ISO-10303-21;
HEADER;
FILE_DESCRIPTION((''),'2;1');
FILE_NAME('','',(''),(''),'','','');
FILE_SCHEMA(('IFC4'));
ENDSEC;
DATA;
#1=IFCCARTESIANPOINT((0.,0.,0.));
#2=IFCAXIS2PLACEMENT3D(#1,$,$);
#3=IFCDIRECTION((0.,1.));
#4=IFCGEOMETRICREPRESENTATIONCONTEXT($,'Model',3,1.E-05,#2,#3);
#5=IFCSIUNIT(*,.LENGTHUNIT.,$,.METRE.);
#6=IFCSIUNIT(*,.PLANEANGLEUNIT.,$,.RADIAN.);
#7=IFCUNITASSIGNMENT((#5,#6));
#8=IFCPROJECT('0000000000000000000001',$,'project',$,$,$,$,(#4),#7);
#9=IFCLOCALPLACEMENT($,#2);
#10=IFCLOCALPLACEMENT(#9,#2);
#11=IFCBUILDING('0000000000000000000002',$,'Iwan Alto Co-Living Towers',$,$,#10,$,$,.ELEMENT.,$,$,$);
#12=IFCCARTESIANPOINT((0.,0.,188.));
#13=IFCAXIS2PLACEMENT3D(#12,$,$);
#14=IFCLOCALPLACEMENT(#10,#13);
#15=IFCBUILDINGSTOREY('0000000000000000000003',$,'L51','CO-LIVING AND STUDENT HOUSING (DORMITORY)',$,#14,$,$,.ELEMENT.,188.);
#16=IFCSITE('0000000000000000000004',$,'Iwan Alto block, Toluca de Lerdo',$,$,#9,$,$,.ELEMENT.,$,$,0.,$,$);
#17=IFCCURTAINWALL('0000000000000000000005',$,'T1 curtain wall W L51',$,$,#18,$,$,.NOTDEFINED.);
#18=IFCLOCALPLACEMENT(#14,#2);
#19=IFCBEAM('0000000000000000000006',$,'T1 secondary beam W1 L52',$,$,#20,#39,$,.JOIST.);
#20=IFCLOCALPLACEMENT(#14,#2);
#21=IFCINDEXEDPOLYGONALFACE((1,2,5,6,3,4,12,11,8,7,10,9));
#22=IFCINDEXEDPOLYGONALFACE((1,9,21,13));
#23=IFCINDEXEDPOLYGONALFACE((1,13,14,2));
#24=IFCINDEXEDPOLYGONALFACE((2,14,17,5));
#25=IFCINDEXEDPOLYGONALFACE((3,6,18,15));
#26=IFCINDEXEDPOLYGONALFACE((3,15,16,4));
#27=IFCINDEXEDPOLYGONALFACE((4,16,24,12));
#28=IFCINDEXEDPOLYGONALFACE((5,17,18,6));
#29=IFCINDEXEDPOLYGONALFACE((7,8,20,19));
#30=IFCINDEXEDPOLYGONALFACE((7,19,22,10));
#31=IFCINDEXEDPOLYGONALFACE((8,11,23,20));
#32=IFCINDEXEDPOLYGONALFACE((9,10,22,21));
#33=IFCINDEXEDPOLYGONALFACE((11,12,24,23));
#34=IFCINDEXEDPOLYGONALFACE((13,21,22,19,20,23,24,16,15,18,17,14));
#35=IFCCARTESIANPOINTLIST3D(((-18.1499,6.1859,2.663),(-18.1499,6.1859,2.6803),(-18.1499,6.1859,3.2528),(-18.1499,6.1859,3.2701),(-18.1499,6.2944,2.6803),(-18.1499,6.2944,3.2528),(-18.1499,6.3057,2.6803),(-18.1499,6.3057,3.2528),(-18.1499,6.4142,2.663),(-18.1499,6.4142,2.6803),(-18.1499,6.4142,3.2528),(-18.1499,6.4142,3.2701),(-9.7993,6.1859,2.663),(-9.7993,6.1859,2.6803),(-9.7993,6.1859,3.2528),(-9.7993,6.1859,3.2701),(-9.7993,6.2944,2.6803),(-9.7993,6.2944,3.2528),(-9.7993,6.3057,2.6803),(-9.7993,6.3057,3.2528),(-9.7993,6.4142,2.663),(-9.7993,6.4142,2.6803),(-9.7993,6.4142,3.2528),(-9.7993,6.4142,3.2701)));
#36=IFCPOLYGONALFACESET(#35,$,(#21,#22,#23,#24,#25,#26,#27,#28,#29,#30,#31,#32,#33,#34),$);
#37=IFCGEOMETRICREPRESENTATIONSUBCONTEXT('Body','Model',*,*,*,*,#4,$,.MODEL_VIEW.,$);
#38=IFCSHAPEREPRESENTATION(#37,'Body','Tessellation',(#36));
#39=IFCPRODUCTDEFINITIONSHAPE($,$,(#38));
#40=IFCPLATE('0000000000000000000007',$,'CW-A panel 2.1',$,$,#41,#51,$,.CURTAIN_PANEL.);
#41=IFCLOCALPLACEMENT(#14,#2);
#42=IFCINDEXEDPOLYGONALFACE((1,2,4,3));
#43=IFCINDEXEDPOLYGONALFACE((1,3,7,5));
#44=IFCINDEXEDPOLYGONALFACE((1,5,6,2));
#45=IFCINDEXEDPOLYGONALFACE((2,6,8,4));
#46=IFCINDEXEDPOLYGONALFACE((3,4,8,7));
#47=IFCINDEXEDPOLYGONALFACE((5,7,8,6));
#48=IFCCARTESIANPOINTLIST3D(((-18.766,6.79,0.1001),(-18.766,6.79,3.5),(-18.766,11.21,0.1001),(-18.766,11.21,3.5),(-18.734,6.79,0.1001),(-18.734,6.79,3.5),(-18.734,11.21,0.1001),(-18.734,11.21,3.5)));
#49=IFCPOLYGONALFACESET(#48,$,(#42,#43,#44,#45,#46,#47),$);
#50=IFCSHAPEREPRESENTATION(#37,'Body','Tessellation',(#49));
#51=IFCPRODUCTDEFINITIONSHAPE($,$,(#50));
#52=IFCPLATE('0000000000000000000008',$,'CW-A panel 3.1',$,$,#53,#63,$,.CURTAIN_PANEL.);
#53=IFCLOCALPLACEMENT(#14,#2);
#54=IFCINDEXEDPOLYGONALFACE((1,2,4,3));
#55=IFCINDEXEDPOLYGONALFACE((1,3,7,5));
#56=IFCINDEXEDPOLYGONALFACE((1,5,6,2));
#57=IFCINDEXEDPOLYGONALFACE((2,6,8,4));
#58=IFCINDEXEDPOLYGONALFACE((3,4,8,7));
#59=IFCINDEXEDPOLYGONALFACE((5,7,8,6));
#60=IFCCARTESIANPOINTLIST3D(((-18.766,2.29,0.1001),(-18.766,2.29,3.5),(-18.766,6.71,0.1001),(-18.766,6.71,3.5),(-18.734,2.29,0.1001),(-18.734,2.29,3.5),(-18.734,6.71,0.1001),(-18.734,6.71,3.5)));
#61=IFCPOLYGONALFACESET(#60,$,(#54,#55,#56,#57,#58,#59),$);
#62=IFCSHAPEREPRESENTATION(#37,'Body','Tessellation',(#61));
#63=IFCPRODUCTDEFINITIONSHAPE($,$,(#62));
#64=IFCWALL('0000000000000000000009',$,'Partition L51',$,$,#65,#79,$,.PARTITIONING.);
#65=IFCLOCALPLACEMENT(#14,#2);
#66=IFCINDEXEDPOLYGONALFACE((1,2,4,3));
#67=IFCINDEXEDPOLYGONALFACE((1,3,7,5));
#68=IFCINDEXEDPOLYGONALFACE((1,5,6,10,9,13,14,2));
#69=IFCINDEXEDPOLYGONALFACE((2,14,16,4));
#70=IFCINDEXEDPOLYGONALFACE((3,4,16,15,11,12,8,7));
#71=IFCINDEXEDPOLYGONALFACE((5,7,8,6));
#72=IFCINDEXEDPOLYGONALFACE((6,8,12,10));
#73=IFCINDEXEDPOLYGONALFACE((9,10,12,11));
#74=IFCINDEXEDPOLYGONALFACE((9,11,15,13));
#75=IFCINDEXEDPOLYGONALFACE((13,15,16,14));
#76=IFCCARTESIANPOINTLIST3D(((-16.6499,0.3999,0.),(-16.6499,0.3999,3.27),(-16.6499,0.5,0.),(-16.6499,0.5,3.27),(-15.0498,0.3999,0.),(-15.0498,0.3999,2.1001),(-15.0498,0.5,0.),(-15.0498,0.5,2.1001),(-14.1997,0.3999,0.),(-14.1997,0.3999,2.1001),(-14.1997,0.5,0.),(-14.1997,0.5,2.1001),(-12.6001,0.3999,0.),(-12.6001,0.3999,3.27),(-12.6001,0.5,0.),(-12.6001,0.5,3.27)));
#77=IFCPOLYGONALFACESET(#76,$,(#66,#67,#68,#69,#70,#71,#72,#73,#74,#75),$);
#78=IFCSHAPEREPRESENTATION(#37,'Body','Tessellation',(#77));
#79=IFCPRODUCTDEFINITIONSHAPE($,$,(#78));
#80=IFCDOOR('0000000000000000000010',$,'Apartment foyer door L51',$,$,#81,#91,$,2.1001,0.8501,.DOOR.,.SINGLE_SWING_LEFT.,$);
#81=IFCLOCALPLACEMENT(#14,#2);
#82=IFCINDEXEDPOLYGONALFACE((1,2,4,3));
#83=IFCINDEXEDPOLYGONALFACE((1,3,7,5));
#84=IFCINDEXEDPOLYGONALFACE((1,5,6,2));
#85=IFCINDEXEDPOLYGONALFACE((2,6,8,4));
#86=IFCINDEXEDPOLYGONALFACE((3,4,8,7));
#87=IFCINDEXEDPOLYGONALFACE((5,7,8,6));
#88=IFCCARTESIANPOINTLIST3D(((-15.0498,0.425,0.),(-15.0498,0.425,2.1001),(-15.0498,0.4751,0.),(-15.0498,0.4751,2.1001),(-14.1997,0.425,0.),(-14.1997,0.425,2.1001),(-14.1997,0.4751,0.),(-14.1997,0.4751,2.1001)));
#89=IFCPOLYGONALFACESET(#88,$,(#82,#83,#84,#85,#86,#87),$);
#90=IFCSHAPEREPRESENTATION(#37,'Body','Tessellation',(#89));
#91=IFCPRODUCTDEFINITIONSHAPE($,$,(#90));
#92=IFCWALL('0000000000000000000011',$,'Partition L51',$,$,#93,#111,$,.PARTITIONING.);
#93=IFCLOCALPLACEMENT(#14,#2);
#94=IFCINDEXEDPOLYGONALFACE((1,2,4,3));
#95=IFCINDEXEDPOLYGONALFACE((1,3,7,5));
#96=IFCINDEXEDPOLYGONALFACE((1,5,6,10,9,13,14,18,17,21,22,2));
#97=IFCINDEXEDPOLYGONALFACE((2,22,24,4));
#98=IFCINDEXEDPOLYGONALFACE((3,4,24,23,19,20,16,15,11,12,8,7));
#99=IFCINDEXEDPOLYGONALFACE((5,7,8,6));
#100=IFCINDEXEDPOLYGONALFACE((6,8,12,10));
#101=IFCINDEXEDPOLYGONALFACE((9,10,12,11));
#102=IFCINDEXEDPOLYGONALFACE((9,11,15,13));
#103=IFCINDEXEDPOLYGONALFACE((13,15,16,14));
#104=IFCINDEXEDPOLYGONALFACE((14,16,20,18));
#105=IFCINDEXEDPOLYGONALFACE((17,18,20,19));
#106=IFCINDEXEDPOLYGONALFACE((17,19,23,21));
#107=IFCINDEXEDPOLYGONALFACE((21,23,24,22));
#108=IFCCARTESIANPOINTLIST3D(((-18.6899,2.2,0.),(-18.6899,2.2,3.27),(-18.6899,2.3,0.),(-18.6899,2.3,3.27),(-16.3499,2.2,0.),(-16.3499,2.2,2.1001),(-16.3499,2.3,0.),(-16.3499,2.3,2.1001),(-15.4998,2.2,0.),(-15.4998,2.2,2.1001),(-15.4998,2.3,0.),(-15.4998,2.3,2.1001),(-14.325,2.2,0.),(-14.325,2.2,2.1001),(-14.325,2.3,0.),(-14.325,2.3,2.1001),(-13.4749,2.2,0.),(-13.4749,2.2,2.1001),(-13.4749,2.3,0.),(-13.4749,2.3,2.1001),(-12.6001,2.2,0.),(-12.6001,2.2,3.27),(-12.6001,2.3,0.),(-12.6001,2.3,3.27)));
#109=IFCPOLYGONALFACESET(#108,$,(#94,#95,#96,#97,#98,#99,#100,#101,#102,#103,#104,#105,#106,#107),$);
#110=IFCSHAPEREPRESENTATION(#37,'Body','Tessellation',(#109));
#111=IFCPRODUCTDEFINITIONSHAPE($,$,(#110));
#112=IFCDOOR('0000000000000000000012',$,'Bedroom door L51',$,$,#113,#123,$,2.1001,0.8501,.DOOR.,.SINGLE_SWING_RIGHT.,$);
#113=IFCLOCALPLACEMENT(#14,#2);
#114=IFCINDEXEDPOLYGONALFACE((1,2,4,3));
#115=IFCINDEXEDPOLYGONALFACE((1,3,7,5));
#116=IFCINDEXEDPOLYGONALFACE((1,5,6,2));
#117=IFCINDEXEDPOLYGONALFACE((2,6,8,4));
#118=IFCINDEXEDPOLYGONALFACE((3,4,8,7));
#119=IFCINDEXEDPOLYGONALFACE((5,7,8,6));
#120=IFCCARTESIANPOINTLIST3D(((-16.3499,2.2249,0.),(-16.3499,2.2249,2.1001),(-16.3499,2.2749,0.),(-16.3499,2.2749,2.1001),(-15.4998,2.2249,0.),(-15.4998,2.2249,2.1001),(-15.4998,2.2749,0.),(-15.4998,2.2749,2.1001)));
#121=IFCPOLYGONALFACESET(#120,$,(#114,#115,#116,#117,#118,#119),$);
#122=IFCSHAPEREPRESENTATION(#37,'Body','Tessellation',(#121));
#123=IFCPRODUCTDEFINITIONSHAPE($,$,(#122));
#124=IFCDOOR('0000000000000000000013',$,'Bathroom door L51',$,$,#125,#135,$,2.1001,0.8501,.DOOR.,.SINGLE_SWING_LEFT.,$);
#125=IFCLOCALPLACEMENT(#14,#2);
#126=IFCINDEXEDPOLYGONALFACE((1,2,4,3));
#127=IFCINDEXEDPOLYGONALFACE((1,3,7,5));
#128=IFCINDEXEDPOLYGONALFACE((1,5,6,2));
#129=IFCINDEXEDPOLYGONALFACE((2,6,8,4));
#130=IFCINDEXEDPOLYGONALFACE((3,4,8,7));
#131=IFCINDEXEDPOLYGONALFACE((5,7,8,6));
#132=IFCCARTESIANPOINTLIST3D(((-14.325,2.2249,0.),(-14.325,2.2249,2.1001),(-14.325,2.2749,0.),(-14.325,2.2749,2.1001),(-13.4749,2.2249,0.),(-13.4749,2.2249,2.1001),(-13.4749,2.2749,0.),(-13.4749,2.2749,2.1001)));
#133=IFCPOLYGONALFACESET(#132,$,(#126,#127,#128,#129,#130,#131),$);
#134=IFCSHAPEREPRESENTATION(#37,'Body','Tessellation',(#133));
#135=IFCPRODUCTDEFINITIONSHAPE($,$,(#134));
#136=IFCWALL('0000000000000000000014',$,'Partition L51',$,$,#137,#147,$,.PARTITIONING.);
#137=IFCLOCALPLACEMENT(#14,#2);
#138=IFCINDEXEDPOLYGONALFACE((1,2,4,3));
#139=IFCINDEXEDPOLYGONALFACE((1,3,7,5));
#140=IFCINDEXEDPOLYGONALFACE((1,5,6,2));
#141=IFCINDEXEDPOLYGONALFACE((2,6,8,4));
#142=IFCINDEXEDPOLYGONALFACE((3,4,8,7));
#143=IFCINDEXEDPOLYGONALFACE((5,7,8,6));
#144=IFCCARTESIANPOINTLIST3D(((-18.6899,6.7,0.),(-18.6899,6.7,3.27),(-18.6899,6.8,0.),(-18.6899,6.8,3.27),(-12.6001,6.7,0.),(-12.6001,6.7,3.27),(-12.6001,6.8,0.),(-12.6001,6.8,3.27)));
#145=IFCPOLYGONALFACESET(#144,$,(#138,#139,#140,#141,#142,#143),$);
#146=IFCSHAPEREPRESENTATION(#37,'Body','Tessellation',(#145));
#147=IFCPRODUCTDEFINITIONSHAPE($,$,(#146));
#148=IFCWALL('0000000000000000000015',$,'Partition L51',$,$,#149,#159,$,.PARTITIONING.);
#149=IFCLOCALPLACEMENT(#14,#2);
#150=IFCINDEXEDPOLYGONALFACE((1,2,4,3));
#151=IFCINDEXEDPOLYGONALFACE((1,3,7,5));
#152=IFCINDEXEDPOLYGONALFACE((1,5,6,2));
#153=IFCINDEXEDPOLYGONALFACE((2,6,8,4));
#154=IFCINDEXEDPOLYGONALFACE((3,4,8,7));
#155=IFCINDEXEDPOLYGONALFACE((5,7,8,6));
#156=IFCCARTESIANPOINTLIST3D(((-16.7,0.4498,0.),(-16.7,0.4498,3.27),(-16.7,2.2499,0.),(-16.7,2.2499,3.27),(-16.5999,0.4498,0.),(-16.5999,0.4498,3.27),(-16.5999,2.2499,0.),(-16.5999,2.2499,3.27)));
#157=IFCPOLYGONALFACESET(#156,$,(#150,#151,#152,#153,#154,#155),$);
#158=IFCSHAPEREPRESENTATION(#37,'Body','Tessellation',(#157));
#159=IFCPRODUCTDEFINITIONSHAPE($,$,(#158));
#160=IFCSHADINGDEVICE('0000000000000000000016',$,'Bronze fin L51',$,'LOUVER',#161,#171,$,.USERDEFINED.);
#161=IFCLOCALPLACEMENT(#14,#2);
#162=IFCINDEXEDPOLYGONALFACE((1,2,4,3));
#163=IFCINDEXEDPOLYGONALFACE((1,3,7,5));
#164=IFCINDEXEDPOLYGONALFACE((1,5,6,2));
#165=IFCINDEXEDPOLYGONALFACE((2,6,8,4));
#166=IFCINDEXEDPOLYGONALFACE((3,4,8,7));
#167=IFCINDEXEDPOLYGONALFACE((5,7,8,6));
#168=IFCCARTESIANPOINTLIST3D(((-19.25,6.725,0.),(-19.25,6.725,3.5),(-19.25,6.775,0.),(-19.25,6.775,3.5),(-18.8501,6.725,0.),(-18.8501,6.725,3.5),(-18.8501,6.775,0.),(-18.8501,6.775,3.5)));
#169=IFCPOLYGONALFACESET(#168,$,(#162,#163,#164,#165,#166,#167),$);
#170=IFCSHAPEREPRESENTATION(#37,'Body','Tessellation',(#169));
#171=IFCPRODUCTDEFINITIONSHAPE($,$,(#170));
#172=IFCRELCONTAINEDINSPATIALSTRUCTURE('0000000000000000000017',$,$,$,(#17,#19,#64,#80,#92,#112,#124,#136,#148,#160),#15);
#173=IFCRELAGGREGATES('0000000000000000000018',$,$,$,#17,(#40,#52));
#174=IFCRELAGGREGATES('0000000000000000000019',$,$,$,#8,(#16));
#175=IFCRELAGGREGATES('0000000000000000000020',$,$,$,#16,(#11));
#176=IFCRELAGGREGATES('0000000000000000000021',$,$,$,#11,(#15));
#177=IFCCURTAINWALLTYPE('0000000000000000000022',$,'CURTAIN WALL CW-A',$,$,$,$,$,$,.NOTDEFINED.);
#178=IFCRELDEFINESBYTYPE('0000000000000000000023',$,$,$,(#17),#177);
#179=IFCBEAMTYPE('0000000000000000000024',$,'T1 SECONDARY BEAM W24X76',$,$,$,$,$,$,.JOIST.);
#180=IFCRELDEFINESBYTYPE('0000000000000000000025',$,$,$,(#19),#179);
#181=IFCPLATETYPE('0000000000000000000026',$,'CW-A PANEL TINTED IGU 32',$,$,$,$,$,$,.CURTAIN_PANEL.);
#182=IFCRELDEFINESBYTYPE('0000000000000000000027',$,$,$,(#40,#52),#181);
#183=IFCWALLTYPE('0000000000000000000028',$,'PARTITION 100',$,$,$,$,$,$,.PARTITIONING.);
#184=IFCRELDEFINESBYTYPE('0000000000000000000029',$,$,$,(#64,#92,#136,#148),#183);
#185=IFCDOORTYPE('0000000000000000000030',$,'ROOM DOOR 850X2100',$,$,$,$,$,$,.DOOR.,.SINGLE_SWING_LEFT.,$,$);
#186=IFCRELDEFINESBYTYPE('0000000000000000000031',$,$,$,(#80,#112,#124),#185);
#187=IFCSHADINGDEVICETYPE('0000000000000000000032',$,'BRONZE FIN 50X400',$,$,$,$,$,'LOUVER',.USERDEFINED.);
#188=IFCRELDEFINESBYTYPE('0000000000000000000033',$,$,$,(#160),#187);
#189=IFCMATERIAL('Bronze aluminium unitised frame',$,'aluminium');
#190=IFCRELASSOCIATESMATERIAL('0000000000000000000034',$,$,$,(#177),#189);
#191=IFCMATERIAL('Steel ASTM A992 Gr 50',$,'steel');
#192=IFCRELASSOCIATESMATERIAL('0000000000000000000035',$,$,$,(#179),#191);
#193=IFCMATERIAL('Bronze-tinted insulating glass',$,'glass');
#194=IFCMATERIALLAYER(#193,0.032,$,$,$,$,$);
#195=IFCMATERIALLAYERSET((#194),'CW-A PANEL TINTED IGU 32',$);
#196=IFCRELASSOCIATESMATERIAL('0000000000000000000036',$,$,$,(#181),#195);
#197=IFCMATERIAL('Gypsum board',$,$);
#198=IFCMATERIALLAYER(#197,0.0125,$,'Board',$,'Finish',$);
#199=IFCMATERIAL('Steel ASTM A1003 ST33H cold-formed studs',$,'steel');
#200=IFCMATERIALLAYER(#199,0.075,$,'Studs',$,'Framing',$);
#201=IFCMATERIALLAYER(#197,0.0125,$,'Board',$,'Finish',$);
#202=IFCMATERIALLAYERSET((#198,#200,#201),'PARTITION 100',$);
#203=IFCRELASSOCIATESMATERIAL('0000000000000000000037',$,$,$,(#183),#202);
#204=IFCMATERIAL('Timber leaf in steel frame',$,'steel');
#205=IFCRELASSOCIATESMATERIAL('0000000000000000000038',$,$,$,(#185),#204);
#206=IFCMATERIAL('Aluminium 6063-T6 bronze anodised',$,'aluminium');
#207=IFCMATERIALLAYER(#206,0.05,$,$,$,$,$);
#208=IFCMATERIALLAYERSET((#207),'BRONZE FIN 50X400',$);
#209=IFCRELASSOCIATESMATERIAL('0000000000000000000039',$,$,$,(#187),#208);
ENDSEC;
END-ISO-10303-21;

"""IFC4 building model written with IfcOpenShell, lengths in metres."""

from ifc_helpers import new_model, si_unit, direction, frame, frame_2d, origin, origin_2d, place, context, subcontext, project, spatial, rectangle, i_section, extrude, material, layer, layer_set, material_profile, profile_set, type_object, element, fill, aggregate, save


model = new_model("IFC4")

# Units and contexts
model_context = context("Model", 3, precision=1e-05, world=origin(), true_north=direction((0.0, 1.0)))
body_context = subcontext(model_context, "Body", "Model", "MODEL_VIEW")
ifc_project = project(units=[si_unit("LENGTHUNIT", "METRE"), si_unit("PLANEANGLEUNIT", "RADIAN")], contexts=[model_context])

# Site, building, storey
site_placement = place(None, origin())
site = spatial("IfcSite", under=ifc_project, at=site_placement, Name="Iwan Alto block, Toluca de Lerdo", CompositionType="ELEMENT", RefElevation=0.0)
building_placement = place(site_placement, origin())
building = spatial("IfcBuilding", under=site, at=building_placement, Name="Iwan Alto Co-Living Towers", CompositionType="ELEMENT")
storey_placement = place(building_placement, frame((0.0, 0.0, 188.0)))
storey = spatial("IfcBuildingStorey", under=building, at=storey_placement, Name="L51", Description="CO-LIVING AND STUDENT HOUSING (DORMITORY)", CompositionType="ELEMENT", Elevation=188.0)

# Curtain wall
ifc_material_1 = material(Name="Bronze aluminium unitised frame", Category="aluminium")
curtain_wall_type = type_object("IfcCurtainWallType", Name="CURTAIN WALL CW-A", PredefinedType="NOTDEFINED", material=ifc_material_1)
curtain_wall_placement = place(storey_placement, origin())
curtain_wall = element("IfcCurtainWall", 1, at=curtain_wall_placement, inside=storey, type_object=curtain_wall_type, Name="T1 curtain wall W L51", PredefinedType="NOTDEFINED")

# Beam
ifc_material_2 = material(Name="Steel ASTM A992 Gr 50", Category="steel")
ifc_material_profile_1 = material_profile(ifc_material_2, i_section(OverallWidth=0.2283, OverallDepth=0.6072, WebThickness=0.0112, FlangeThickness=0.0173, at=origin_2d()), Name="W24X76")
ifc_profile_set_1 = profile_set([ifc_material_profile_1], Name="Steel ASTM A992 Gr 50")
beam_type_1 = type_object("IfcBeamType", Name="T1 SECONDARY BEAM W24X76", PredefinedType="JOIST", material=ifc_profile_set_1)
beam_1_placement = place(storey_placement, frame((-18.1499, 6.3, 2.9666), z_axis=(1.0, 0.0, 0.0), x_axis=(0.0, 1.0, 0.0)))
element("IfcBeam", 2, at=beam_1_placement, inside=storey, type_object=beam_type_1, Name="T1 secondary beam W1 L52", PredefinedType="JOIST", context=body_context, shape_type="SweptSolid", body=[
    extrude(i_section(OverallWidth=0.2283, OverallDepth=0.6072, WebThickness=0.0112, FlangeThickness=0.0173, at=origin_2d()), origin(), (0.0, 0.0, 1.0), 8.3506),
])

# Plates
ifc_material_3 = material(Name="Bronze-tinted insulating glass", Category="glass")
ifc_layer_1 = layer(ifc_material_3, 0.032)
ifc_layer_set_1 = layer_set([ifc_layer_1], Name="CW-A PANEL TINTED IGU 32")
plate_type = type_object("IfcPlateType", Name="CW-A PANEL TINTED IGU 32", PredefinedType="CURTAIN_PANEL", material=ifc_layer_set_1)
plate_1_placement = place(storey_placement, frame((-18.75, 9.0, 0.1001), z_axis=(0.0, 0.0, 1.0), x_axis=(0.0, -1.0, 0.0)))
plate_1 = element("IfcPlate", 3, at=plate_1_placement, type_object=plate_type, Name="CW-A panel 2.1", PredefinedType="CURTAIN_PANEL", context=body_context, shape_type="SweptSolid", body=[
    extrude(rectangle(XDim=4.4199, YDim=0.032, at=origin_2d()), origin(), (0.0, 0.0, 1.0), 3.3999),
])
plate_2_placement = place(storey_placement, frame((-18.75, 4.5, 0.1001), z_axis=(0.0, 0.0, 1.0), x_axis=(0.0, -1.0, 0.0)))
plate_2 = element("IfcPlate", 4, at=plate_2_placement, type_object=plate_type, Name="CW-A panel 3.1", PredefinedType="CURTAIN_PANEL", context=body_context, shape_type="SweptSolid", body=[
    extrude(rectangle(XDim=4.4199, YDim=0.032, at=origin_2d()), origin(), (0.0, 0.0, 1.0), 3.3999),
])
aggregate(curtain_wall, [plate_1, plate_2])

# Wall, opening, door
ifc_material_4 = material(Name="Gypsum board")
ifc_layer_2 = layer(ifc_material_4, 0.0125, Name="Board", Category="Finish")
ifc_material_5 = material(Name="Steel ASTM A1003 ST33H cold-formed studs", Category="steel")
ifc_layer_3 = layer(ifc_material_5, 0.075, Name="Studs", Category="Framing")
ifc_layer_4 = layer(ifc_material_4, 0.0125, Name="Board", Category="Finish")
ifc_layer_set_2 = layer_set([ifc_layer_2, ifc_layer_3, ifc_layer_4], Name="PARTITION 100")
wall_type = type_object("IfcWallType", Name="PARTITION 100", PredefinedType="PARTITIONING", material=ifc_layer_set_2)
wall_1_placement = place(storey_placement, frame((-16.6499, 0.45, 0.0), z_axis=(0.0, 0.0, 1.0), x_axis=(1.0, 0.0, 0.0)))
wall_1 = element("IfcWall", 5, at=wall_1_placement, inside=storey, type_object=wall_type, Name="Partition L51", PredefinedType="PARTITIONING", context=body_context, shape_type="SweptSolid", body=[
    extrude(rectangle(XDim=4.0498, YDim=0.1001, at=frame_2d((2.0249, 0.0))), origin(), (0.0, 0.0, 1.0), 3.27),
])
opening_1_placement = place(wall_1_placement, frame((1.6001, 0.0, 0.0)))
opening_1 = element("IfcOpeningElement", 6, at=opening_1_placement, cuts=wall_1, PredefinedType="OPENING", context=body_context, shape_type="SweptSolid", body=[
    extrude(rectangle(XDim=0.8501, YDim=2.1001, at=frame_2d((0.425, 1.05))), frame((0.0, 0.0601, 0.0), z_axis=(0.0, -1.0, 0.0), x_axis=(1.0, 0.0, 0.0)), (0.0, 0.0, 1.0), 0.1201),
])
ifc_material_6 = material(Name="Timber leaf in steel frame", Category="steel")
door_type = type_object("IfcDoorType", Name="ROOM DOOR 850X2100", OperationType="SINGLE_SWING_LEFT", PredefinedType="DOOR", material=ifc_material_6)
door_1_placement = place(opening_1_placement, frame((0.8501, 0.0, 0.0), z_axis=(0.0, 0.0, 1.0), x_axis=(-1.0, 0.0, 0.0)))
door_1 = element("IfcDoor", 7, at=door_1_placement, inside=storey, type_object=door_type, Name="Apartment foyer door L51", OperationType="SINGLE_SWING_LEFT", OverallHeight=2.1001, OverallWidth=0.8501, PredefinedType="DOOR", context=body_context, shape_type="SweptSolid", body=[
    extrude(rectangle(XDim=0.8501, YDim=2.1001, at=frame_2d((0.425, 1.05))), frame((0.0, 0.0249, 0.0), z_axis=(0.0, -1.0, 0.0), x_axis=(1.0, 0.0, 0.0)), (0.0, 0.0, 1.0), 0.05),
])
fill(opening_1, door_1)

# Wall, openings, doors
wall_2_placement = place(storey_placement, frame((-18.6899, 2.25, 0.0), z_axis=(0.0, 0.0, 1.0), x_axis=(1.0, 0.0, 0.0)))
wall_2 = element("IfcWall", 8, at=wall_2_placement, inside=storey, type_object=wall_type, Name="Partition L51", PredefinedType="PARTITIONING", context=body_context, shape_type="SweptSolid", body=[
    extrude(rectangle(XDim=6.0898, YDim=0.1001, at=frame_2d((3.0449, 0.0))), origin(), (0.0, 0.0, 1.0), 3.27),
])
opening_2_placement = place(wall_2_placement, frame((2.3401, 0.0, 0.0)))
opening_2 = element("IfcOpeningElement", 9, at=opening_2_placement, cuts=wall_2, PredefinedType="OPENING", context=body_context, shape_type="SweptSolid", body=[
    extrude(rectangle(XDim=0.8501, YDim=2.1001, at=frame_2d((0.425, 1.05))), frame((0.0, 0.0601, 0.0), z_axis=(0.0, -1.0, 0.0), x_axis=(1.0, 0.0, 0.0)), (0.0, 0.0, 1.0), 0.1201),
])
opening_3_placement = place(wall_2_placement, frame((4.365, 0.0, 0.0)))
opening_3 = element("IfcOpeningElement", 10, at=opening_3_placement, cuts=wall_2, PredefinedType="OPENING", context=body_context, shape_type="SweptSolid", body=[
    extrude(rectangle(XDim=0.8501, YDim=2.1001, at=frame_2d((0.425, 1.05))), frame((0.0, 0.0601, 0.0), z_axis=(0.0, -1.0, 0.0), x_axis=(1.0, 0.0, 0.0)), (0.0, 0.0, 1.0), 0.1201),
])
door_2_placement = place(opening_2_placement, origin())
door_2 = element("IfcDoor", 11, at=door_2_placement, inside=storey, type_object=door_type, Name="Bedroom door L51", OperationType="SINGLE_SWING_RIGHT", OverallHeight=2.1001, OverallWidth=0.8501, PredefinedType="DOOR", context=body_context, shape_type="SweptSolid", body=[
    extrude(rectangle(XDim=0.8501, YDim=2.1001, at=frame_2d((0.425, 1.05))), frame((0.0, 0.0249, 0.0), z_axis=(0.0, -1.0, 0.0), x_axis=(1.0, 0.0, 0.0)), (0.0, 0.0, 1.0), 0.05),
])
fill(opening_2, door_2)
door_3_placement = place(opening_3_placement, origin())
door_3 = element("IfcDoor", 12, at=door_3_placement, inside=storey, type_object=door_type, Name="Bathroom door L51", OperationType="SINGLE_SWING_LEFT", OverallHeight=2.1001, OverallWidth=0.8501, PredefinedType="DOOR", context=body_context, shape_type="SweptSolid", body=[
    extrude(rectangle(XDim=0.8501, YDim=2.1001, at=frame_2d((0.425, 1.05))), frame((0.0, 0.0249, 0.0), z_axis=(0.0, -1.0, 0.0), x_axis=(1.0, 0.0, 0.0)), (0.0, 0.0, 1.0), 0.05),
])
fill(opening_3, door_3)

# Walls
wall_3_placement = place(storey_placement, frame((-18.6899, 6.75, 0.0), z_axis=(0.0, 0.0, 1.0), x_axis=(1.0, 0.0, 0.0)))
element("IfcWall", 13, at=wall_3_placement, inside=storey, type_object=wall_type, Name="Partition L51", PredefinedType="PARTITIONING", context=body_context, shape_type="SweptSolid", body=[
    extrude(rectangle(XDim=6.0898, YDim=0.1001, at=frame_2d((3.0449, 0.0))), origin(), (0.0, 0.0, 1.0), 3.27),
])
wall_4_placement = place(storey_placement, frame((-16.6499, 0.45, 0.0), z_axis=(0.0, 0.0, 1.0), x_axis=(0.0, 1.0, 0.0)))
element("IfcWall", 14, at=wall_4_placement, inside=storey, type_object=wall_type, Name="Partition L51", PredefinedType="PARTITIONING", context=body_context, shape_type="SweptSolid", body=[
    extrude(rectangle(XDim=1.8, YDim=0.1001, at=frame_2d((0.8999, 0.0))), origin(), (0.0, 0.0, 1.0), 3.27),
])

# Shading device
ifc_material_7 = material(Name="Aluminium 6063-T6 bronze anodised", Category="aluminium")
ifc_layer_5 = layer(ifc_material_7, 0.05)
ifc_layer_set_3 = layer_set([ifc_layer_5], Name="BRONZE FIN 50X400")
shading_device_type = type_object("IfcShadingDeviceType", Name="BRONZE FIN 50X400", ElementType="LOUVER", PredefinedType="USERDEFINED", material=ifc_layer_set_3)
shading_device_placement = place(storey_placement, frame((-19.05, 6.75, 0.0), z_axis=(0.0, 0.0, 1.0), x_axis=(0.0, -1.0, 0.0)))
element("IfcShadingDevice", 15, at=shading_device_placement, inside=storey, type_object=shading_device_type, Name="Bronze fin L51", ObjectType="LOUVER", PredefinedType="USERDEFINED", context=body_context, shape_type="SweptSolid", body=[
    extrude(rectangle(XDim=0.05, YDim=0.3999, at=origin_2d()), origin(), (0.0, 0.0, 1.0), 3.5),
])

save(model, "model.ifc")
